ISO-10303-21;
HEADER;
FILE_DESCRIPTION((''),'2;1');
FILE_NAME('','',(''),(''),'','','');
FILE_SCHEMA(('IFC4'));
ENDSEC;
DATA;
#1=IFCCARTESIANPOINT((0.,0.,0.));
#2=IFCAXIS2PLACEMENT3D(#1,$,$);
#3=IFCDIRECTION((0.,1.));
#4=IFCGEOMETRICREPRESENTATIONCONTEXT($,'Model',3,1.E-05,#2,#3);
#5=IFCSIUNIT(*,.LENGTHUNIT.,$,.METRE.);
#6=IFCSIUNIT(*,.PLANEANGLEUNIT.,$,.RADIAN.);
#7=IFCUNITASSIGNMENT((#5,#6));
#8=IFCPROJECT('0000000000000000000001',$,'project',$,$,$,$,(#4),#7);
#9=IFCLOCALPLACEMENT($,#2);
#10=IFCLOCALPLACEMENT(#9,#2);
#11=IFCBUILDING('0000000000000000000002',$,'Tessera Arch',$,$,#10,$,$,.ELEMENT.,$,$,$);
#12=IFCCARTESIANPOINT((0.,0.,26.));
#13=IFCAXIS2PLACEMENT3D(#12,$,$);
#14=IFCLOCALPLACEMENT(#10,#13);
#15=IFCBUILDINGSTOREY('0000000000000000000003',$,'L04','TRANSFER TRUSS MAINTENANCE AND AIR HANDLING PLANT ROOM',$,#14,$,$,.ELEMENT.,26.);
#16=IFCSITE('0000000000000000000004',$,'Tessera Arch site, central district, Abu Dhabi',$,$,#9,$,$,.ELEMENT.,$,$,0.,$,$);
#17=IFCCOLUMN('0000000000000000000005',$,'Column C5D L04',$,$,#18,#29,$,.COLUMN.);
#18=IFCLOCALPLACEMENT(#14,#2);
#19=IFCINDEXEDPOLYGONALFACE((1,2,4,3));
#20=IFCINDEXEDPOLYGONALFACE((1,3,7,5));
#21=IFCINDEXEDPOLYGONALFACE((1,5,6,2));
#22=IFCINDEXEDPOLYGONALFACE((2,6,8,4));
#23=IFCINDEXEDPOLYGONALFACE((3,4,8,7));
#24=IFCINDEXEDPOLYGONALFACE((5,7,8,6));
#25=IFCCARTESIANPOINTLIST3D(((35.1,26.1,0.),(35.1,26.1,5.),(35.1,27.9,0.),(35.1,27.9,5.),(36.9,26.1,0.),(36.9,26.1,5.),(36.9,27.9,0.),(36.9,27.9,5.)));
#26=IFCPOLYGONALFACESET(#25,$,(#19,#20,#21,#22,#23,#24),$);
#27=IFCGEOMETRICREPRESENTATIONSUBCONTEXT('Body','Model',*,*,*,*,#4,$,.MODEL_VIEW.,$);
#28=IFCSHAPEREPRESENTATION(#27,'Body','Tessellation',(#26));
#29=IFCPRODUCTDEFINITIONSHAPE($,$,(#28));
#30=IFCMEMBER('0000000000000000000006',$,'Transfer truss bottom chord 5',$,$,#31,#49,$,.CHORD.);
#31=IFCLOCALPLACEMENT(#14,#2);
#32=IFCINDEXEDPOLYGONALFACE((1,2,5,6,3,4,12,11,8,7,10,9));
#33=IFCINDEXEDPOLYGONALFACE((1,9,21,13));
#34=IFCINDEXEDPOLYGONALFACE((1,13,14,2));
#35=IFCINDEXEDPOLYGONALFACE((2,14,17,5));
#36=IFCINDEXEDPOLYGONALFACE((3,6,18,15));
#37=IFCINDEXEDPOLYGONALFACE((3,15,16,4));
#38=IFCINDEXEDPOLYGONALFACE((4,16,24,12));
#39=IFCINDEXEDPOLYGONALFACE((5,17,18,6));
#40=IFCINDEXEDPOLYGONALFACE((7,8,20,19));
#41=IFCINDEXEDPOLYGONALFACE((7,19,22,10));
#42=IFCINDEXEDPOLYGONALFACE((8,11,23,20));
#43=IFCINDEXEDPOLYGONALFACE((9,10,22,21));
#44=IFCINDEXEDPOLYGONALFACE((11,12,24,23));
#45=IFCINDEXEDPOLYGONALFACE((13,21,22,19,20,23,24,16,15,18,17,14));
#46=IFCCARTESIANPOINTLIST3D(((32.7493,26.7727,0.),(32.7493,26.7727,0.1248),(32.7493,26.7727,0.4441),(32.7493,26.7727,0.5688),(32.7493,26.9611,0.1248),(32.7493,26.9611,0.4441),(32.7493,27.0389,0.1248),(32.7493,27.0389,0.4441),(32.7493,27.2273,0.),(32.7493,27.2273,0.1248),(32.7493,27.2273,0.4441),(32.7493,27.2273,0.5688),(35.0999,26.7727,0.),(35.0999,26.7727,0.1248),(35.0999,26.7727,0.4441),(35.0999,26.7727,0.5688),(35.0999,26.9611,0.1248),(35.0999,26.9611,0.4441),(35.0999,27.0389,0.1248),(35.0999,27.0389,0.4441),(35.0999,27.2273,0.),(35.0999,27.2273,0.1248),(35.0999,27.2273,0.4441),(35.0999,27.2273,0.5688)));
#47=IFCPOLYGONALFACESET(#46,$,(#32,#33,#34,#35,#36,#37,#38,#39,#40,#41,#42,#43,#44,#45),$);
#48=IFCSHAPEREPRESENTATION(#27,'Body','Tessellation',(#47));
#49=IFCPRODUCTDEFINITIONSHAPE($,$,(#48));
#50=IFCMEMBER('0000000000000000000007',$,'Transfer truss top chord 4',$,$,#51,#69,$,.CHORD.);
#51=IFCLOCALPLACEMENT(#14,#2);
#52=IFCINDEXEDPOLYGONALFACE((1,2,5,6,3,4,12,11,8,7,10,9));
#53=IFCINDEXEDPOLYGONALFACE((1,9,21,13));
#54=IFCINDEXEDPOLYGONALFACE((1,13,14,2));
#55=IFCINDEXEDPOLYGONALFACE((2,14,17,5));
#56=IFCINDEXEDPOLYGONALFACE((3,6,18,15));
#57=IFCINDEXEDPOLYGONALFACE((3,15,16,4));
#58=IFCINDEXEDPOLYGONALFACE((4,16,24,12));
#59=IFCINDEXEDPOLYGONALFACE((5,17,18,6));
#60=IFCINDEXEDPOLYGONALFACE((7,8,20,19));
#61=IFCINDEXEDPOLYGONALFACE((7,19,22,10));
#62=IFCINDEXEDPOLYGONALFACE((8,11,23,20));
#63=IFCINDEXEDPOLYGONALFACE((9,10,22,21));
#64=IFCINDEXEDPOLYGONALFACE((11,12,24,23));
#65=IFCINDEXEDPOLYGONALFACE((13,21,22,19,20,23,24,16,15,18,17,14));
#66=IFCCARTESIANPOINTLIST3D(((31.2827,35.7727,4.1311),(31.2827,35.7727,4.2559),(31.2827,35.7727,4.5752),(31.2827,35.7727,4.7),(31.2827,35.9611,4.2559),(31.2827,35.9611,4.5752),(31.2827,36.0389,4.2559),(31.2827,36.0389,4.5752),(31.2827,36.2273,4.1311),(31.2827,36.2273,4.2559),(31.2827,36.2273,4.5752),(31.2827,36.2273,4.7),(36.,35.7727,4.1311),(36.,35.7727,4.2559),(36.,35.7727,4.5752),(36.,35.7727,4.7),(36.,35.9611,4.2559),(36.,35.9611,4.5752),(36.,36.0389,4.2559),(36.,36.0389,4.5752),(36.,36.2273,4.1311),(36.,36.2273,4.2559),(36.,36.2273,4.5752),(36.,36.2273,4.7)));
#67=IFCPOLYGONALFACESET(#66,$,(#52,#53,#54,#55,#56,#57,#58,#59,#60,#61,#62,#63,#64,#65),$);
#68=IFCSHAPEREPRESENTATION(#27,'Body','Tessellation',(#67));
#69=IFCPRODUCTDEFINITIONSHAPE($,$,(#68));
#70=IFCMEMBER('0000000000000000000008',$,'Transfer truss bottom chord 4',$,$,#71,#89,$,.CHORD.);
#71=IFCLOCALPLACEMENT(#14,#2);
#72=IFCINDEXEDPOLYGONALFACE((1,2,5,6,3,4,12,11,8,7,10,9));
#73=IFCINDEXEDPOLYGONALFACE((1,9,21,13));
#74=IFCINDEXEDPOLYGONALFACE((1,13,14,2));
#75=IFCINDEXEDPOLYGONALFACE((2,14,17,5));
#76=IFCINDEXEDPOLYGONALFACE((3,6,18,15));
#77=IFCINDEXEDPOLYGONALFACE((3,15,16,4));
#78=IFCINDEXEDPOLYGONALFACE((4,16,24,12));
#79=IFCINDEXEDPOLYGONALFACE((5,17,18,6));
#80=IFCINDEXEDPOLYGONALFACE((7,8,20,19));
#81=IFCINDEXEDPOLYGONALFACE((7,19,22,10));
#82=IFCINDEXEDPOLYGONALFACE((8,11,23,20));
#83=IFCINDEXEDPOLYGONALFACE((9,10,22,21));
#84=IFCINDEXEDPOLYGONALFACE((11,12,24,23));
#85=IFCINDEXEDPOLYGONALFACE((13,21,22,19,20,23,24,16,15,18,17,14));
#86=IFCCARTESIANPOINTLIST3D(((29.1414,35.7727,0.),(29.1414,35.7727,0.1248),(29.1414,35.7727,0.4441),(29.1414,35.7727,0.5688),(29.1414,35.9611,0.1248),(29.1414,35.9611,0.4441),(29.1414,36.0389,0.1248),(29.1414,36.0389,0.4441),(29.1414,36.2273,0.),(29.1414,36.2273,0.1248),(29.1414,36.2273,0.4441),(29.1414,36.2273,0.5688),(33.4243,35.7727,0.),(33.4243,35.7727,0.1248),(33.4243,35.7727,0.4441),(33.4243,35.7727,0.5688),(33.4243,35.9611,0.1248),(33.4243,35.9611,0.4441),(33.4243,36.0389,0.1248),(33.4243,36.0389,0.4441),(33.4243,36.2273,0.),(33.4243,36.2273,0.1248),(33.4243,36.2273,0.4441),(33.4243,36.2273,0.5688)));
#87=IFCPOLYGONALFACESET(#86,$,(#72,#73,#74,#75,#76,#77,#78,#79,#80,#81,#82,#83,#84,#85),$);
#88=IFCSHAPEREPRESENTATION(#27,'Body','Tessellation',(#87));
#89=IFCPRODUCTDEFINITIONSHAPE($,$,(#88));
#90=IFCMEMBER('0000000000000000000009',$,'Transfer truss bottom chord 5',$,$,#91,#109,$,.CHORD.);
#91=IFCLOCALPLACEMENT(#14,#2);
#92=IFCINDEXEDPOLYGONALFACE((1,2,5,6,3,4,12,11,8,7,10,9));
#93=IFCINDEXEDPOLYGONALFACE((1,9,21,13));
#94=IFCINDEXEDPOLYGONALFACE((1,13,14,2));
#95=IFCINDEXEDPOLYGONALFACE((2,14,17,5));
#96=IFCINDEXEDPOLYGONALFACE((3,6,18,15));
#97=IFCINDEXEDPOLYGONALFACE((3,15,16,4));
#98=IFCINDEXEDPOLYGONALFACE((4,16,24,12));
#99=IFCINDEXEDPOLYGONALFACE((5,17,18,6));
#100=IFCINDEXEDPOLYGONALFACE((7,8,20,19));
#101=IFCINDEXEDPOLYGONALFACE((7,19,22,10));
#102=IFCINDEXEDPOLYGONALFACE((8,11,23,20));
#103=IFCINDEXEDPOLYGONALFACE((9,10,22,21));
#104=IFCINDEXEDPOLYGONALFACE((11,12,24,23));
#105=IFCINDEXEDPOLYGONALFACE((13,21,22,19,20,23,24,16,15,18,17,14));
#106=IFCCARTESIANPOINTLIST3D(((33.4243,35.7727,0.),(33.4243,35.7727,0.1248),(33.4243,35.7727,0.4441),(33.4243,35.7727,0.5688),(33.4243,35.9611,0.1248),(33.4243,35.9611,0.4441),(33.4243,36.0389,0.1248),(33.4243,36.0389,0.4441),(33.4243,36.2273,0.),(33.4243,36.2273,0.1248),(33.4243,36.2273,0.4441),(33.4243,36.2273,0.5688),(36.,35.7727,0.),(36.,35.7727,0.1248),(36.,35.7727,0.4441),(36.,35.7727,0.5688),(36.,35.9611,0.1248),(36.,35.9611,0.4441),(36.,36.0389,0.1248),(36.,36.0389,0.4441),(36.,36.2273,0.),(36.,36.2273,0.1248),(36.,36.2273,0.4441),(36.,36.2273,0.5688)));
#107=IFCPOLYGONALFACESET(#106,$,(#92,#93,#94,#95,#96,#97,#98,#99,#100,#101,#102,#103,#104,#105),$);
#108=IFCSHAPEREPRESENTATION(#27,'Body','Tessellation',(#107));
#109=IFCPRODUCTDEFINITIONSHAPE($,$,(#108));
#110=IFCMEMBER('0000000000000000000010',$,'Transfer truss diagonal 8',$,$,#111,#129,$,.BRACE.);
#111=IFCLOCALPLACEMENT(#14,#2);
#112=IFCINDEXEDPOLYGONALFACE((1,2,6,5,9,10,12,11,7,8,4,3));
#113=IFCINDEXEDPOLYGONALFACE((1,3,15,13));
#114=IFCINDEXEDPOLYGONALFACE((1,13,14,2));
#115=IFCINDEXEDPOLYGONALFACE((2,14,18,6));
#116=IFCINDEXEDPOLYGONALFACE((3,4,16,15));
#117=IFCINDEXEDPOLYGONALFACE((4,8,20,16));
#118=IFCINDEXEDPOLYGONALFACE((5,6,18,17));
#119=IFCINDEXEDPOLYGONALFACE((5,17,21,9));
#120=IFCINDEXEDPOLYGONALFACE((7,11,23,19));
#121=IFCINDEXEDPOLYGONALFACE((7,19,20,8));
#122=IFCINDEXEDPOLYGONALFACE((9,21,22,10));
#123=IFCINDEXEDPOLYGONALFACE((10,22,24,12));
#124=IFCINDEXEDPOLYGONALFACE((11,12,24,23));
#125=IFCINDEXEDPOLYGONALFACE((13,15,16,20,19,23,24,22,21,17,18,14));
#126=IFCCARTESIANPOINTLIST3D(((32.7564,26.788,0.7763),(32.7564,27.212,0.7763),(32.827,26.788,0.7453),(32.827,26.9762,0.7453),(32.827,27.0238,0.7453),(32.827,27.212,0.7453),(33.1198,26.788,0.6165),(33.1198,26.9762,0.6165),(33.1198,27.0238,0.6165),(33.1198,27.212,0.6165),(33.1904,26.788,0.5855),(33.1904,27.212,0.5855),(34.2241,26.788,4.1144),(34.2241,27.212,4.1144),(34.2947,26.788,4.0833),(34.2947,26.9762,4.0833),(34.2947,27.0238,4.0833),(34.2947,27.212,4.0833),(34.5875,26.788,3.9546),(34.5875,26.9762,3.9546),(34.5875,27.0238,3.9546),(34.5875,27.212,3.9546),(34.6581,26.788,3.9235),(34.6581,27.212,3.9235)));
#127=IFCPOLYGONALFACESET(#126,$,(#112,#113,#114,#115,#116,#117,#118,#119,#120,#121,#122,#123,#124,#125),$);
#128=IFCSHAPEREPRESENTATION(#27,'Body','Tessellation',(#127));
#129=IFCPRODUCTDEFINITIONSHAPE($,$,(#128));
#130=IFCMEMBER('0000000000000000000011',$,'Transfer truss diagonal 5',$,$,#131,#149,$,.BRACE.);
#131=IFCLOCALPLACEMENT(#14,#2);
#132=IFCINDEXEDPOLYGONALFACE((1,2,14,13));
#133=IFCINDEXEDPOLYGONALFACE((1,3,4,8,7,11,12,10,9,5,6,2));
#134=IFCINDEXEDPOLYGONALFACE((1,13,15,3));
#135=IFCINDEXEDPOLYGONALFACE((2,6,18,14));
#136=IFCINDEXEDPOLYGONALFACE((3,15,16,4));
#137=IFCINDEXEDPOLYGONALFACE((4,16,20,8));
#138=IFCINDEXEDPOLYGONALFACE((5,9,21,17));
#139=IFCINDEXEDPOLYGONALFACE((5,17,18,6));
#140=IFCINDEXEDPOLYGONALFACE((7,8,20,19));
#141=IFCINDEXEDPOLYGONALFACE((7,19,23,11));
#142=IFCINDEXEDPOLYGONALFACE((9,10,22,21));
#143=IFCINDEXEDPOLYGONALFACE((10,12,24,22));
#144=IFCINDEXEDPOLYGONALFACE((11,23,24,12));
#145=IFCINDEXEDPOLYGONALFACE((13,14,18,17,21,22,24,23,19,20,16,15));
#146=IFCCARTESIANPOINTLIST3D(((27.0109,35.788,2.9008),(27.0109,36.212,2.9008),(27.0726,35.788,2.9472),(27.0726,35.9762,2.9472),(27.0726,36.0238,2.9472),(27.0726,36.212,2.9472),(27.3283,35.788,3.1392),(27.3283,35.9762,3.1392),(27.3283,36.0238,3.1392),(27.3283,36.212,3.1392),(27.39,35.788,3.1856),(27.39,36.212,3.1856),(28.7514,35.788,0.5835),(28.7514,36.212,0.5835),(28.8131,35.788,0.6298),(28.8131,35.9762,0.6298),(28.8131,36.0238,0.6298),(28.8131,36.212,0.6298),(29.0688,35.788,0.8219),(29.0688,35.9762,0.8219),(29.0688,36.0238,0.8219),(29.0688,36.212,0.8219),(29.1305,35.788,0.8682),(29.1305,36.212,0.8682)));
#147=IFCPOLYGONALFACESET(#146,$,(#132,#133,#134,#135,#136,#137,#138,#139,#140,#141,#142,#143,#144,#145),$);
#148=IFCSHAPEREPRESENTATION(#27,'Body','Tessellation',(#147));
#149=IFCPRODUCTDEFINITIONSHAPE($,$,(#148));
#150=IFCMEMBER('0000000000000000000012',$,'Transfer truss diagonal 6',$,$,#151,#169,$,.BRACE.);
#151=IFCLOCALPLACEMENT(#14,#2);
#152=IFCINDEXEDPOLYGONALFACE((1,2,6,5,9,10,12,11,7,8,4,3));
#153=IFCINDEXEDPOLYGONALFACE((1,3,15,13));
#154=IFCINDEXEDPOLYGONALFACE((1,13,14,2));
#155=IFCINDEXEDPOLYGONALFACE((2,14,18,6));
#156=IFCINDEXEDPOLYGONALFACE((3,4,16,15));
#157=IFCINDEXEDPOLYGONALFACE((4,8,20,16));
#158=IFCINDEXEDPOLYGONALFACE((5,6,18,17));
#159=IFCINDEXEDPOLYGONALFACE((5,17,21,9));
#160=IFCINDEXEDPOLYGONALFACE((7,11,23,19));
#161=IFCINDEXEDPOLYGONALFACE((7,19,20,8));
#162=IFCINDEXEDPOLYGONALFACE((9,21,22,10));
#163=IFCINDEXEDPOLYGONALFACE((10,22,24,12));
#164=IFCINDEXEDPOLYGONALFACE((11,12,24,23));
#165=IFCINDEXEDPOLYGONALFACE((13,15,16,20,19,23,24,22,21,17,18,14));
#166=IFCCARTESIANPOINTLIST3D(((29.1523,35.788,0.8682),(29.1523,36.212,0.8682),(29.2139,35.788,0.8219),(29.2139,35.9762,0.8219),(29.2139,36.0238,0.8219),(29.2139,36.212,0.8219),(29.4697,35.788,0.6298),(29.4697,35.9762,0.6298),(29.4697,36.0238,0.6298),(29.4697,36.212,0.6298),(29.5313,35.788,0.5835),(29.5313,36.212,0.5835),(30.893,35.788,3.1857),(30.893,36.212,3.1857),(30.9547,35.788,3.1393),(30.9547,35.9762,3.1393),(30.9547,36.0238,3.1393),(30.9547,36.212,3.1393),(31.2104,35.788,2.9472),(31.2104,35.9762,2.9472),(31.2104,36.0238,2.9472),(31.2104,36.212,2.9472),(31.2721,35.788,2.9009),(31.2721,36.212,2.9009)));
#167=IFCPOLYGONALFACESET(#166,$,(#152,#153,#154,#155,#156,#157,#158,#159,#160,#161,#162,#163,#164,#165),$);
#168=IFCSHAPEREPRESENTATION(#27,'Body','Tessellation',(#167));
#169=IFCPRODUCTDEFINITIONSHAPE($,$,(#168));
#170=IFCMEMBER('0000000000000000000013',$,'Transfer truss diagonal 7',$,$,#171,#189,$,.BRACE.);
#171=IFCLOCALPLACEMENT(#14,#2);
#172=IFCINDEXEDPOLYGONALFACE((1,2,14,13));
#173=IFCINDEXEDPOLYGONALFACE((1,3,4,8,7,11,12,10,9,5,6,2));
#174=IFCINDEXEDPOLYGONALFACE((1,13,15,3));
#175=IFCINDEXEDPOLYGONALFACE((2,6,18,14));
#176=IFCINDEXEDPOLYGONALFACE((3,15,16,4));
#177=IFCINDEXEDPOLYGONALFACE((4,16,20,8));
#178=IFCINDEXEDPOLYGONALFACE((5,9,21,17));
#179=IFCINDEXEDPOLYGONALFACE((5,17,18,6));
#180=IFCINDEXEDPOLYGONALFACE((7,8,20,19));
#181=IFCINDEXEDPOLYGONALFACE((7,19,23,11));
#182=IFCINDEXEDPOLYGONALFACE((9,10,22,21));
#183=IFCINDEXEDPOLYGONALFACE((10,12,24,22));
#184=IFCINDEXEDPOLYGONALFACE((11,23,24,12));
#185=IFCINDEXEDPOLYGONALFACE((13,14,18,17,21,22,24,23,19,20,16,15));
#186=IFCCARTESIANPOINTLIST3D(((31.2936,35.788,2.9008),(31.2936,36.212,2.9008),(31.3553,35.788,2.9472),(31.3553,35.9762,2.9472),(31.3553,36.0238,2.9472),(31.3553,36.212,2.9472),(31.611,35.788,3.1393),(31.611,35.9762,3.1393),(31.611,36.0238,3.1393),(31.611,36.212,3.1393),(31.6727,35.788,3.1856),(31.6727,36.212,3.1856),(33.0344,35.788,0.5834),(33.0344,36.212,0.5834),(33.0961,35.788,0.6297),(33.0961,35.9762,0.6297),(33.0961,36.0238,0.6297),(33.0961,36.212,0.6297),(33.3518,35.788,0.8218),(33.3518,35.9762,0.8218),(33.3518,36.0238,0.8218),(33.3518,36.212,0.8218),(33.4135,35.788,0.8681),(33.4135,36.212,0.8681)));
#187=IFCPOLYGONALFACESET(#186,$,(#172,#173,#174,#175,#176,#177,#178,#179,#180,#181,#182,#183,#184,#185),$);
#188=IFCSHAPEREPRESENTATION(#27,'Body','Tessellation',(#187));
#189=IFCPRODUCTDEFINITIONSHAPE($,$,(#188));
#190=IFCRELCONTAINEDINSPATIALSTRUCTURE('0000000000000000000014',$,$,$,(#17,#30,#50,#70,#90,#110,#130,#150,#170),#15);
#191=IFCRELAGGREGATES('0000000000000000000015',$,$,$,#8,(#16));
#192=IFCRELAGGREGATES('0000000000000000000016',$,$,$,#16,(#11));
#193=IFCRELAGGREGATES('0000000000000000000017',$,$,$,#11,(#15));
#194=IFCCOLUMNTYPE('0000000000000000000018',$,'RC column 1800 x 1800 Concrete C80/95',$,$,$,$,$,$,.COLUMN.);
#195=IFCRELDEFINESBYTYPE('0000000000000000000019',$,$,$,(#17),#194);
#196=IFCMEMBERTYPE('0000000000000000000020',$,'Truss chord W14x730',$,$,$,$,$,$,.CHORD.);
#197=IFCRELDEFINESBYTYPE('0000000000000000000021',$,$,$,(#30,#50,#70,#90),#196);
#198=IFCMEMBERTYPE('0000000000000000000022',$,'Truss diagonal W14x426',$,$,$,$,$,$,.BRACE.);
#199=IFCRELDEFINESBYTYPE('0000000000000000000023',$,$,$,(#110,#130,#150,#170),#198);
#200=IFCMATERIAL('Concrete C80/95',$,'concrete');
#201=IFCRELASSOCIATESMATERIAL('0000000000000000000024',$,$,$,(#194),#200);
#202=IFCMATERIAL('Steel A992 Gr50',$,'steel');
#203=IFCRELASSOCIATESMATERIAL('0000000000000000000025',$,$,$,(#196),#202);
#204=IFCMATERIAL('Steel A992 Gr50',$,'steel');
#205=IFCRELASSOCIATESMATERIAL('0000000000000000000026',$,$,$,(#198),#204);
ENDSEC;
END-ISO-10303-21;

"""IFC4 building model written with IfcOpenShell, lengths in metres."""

from ifc_helpers import new_model, si_unit, direction, frame, origin, origin_2d, place, context, subcontext, project, spatial, rectangle, i_section, extrude, material, material_profile, profile_set, type_object, element, save


model = new_model("IFC4")

# Units and contexts
model_context = context("Model", 3, precision=1e-05, world=origin(), true_north=direction((0.0, 1.0)))
body_context = subcontext(model_context, "Body", "Model", "MODEL_VIEW")
ifc_project = project(units=[si_unit("LENGTHUNIT", "METRE"), si_unit("PLANEANGLEUNIT", "RADIAN")], contexts=[model_context])

# Site, building, storey
site_placement = place(None, origin())
site = spatial("IfcSite", under=ifc_project, at=site_placement, Name="Tessera Arch site, central district, Abu Dhabi", CompositionType="ELEMENT", RefElevation=0.0)
building_placement = place(site_placement, origin())
building = spatial("IfcBuilding", under=site, at=building_placement, Name="Tessera Arch", CompositionType="ELEMENT")
storey_placement = place(building_placement, frame((0.0, 0.0, 26.0)))
storey = spatial("IfcBuildingStorey", under=building, at=storey_placement, Name="L04", Description="TRANSFER TRUSS MAINTENANCE AND AIR HANDLING PLANT ROOM", CompositionType="ELEMENT", Elevation=26.0)

# Column
ifc_material_1 = material(Name="Concrete C80/95", Category="concrete")
ifc_material_profile_1 = material_profile(ifc_material_1, rectangle(XDim=1.8, YDim=1.8, at=origin_2d()), Name="RC column 1800 x 1800 Concrete C80/95")
ifc_profile_set_1 = profile_set([ifc_material_profile_1], Name="Concrete C80/95")
column_type = type_object("IfcColumnType", Name="RC column 1800 x 1800 Concrete C80/95", PredefinedType="COLUMN", material=ifc_profile_set_1)
column_placement = place(storey_placement, frame((36.0, 27.0, 0.0), z_axis=(0.0, 0.0, 1.0), x_axis=(1.0, 0.0, 0.0)))
element("IfcColumn", 1, at=column_placement, inside=storey, type_object=column_type, Name="Column C5D L04", PredefinedType="COLUMN", context=body_context, shape_type="SweptSolid", body=[
    extrude(rectangle(XDim=1.8, YDim=1.8, at=origin_2d()), origin(), (0.0, 0.0, 1.0), 5.0),
])

# Members
ifc_material_2 = material(Name="Steel A992 Gr50", Category="steel")
ifc_material_profile_2 = material_profile(ifc_material_2, i_section(OverallWidth=0.4546, OverallDepth=0.5688, WebThickness=0.0779, FlangeThickness=0.1248, at=origin_2d()), Name="W14x730")
ifc_profile_set_2 = profile_set([ifc_material_profile_2], Name="Steel A992 Gr50")
member_type_1 = type_object("IfcMemberType", Name="Truss chord W14x730", PredefinedType="CHORD", material=ifc_profile_set_2)
member_1_placement = place(storey_placement, frame((32.7493, 27.0, 0.2844), z_axis=(1.0, 0.0, 0.0), x_axis=(0.0, 1.0, 0.0)))
element("IfcMember", 2, at=member_1_placement, inside=storey, type_object=member_type_1, Name="Transfer truss bottom chord 5", PredefinedType="CHORD", context=body_context, shape_type="SweptSolid", body=[
    extrude(i_section(OverallWidth=0.4546, OverallDepth=0.5688, WebThickness=0.0779, FlangeThickness=0.1248, at=origin_2d()), origin(), (0.0, 0.0, 1.0), 2.3506),
])
member_2_placement = place(storey_placement, frame((31.2827, 36.0, 4.4155), z_axis=(1.0, 0.0, 0.0), x_axis=(0.0, 1.0, 0.0)))
element("IfcMember", 3, at=member_2_placement, inside=storey, type_object=member_type_1, Name="Transfer truss top chord 4", PredefinedType="CHORD", context=body_context, shape_type="SweptSolid", body=[
    extrude(i_section(OverallWidth=0.4546, OverallDepth=0.5688, WebThickness=0.0779, FlangeThickness=0.1248, at=origin_2d()), origin(), (0.0, 0.0, 1.0), 4.7173),
])
member_3_placement = place(storey_placement, frame((29.1414, 36.0, 0.2844), z_axis=(1.0, 0.0, 0.0), x_axis=(0.0, 1.0, 0.0)))
element("IfcMember", 4, at=member_3_placement, inside=storey, type_object=member_type_1, Name="Transfer truss bottom chord 4", PredefinedType="CHORD", context=body_context, shape_type="SweptSolid", body=[
    extrude(i_section(OverallWidth=0.4546, OverallDepth=0.5688, WebThickness=0.0779, FlangeThickness=0.1248, at=origin_2d()), origin(), (0.0, 0.0, 1.0), 4.283),
])
member_4_placement = place(storey_placement, frame((33.4243, 36.0, 0.2844), z_axis=(1.0, 0.0, 0.0), x_axis=(0.0, 1.0, 0.0)))
element("IfcMember", 5, at=member_4_placement, inside=storey, type_object=member_type_1, Name="Transfer truss bottom chord 5", PredefinedType="CHORD", context=body_context, shape_type="SweptSolid", body=[
    extrude(i_section(OverallWidth=0.4546, OverallDepth=0.5688, WebThickness=0.0779, FlangeThickness=0.1248, at=origin_2d()), origin(), (0.0, 0.0, 1.0), 2.5757),
])
ifc_material_3 = material(Name="Steel A992 Gr50", Category="steel")
ifc_material_profile_3 = material_profile(ifc_material_3, i_section(OverallWidth=0.4241, OverallDepth=0.4741, WebThickness=0.0476, FlangeThickness=0.0771, at=origin_2d()), Name="W14x426")
ifc_profile_set_3 = profile_set([ifc_material_profile_3], Name="Steel A992 Gr50")
member_type_2 = type_object("IfcMemberType", Name="Truss diagonal W14x426", PredefinedType="BRACE", material=ifc_profile_set_3)
member_5_placement = place(storey_placement, frame((32.9734, 27.0, 0.6809), z_axis=(0.402508, 0.0, 0.915417), x_axis=(0.0, 1.0, 0.0)))
element("IfcMember", 6, at=member_5_placement, inside=storey, type_object=member_type_2, Name="Transfer truss diagonal 8", PredefinedType="BRACE", context=body_context, shape_type="SweptSolid", body=[
    extrude(i_section(OverallWidth=0.4241, OverallDepth=0.4741, WebThickness=0.0476, FlangeThickness=0.0771, at=origin_2d()), origin(), (0.0, 0.0, 1.0), 3.6465),
])
member_6_placement = place(storey_placement, frame((27.2004, 36.0, 3.0432), z_axis=(0.600539, 0.0, -0.799595), x_axis=(0.0, 1.0, 0.0)))
element("IfcMember", 7, at=member_6_placement, inside=storey, type_object=member_type_2, Name="Transfer truss diagonal 5", PredefinedType="BRACE", context=body_context, shape_type="SweptSolid", body=[
    extrude(i_section(OverallWidth=0.4241, OverallDepth=0.4741, WebThickness=0.0476, FlangeThickness=0.0771, at=origin_2d()), origin(), (0.0, 0.0, 1.0), 2.8982),
])
for number, where, z_axis, x_axis, name in (
    (8, (29.3418, 36.0, 0.7258), (0.600593, 0.0, 0.799555), (0.0, 1.0, 0.0), "Transfer truss diagonal 6"),
    (9, (31.4832, 36.0, 3.0432), (0.600593, 0.0, -0.799555), (0.0, 1.0, 0.0), "Transfer truss diagonal 7"),
):
    element("IfcMember", number, at=place(storey_placement, frame(where, z_axis=z_axis, x_axis=x_axis)), inside=storey, type_object=member_type_2, Name=name, PredefinedType="BRACE", context=body_context, shape_type="SweptSolid", body=[
        extrude(i_section(OverallWidth=0.4241, OverallDepth=0.4741, WebThickness=0.0476, FlangeThickness=0.0771, at=origin_2d()), origin(), (0.0, 0.0, 1.0), 2.8984),
    ])

save(model, "model.ifc")
